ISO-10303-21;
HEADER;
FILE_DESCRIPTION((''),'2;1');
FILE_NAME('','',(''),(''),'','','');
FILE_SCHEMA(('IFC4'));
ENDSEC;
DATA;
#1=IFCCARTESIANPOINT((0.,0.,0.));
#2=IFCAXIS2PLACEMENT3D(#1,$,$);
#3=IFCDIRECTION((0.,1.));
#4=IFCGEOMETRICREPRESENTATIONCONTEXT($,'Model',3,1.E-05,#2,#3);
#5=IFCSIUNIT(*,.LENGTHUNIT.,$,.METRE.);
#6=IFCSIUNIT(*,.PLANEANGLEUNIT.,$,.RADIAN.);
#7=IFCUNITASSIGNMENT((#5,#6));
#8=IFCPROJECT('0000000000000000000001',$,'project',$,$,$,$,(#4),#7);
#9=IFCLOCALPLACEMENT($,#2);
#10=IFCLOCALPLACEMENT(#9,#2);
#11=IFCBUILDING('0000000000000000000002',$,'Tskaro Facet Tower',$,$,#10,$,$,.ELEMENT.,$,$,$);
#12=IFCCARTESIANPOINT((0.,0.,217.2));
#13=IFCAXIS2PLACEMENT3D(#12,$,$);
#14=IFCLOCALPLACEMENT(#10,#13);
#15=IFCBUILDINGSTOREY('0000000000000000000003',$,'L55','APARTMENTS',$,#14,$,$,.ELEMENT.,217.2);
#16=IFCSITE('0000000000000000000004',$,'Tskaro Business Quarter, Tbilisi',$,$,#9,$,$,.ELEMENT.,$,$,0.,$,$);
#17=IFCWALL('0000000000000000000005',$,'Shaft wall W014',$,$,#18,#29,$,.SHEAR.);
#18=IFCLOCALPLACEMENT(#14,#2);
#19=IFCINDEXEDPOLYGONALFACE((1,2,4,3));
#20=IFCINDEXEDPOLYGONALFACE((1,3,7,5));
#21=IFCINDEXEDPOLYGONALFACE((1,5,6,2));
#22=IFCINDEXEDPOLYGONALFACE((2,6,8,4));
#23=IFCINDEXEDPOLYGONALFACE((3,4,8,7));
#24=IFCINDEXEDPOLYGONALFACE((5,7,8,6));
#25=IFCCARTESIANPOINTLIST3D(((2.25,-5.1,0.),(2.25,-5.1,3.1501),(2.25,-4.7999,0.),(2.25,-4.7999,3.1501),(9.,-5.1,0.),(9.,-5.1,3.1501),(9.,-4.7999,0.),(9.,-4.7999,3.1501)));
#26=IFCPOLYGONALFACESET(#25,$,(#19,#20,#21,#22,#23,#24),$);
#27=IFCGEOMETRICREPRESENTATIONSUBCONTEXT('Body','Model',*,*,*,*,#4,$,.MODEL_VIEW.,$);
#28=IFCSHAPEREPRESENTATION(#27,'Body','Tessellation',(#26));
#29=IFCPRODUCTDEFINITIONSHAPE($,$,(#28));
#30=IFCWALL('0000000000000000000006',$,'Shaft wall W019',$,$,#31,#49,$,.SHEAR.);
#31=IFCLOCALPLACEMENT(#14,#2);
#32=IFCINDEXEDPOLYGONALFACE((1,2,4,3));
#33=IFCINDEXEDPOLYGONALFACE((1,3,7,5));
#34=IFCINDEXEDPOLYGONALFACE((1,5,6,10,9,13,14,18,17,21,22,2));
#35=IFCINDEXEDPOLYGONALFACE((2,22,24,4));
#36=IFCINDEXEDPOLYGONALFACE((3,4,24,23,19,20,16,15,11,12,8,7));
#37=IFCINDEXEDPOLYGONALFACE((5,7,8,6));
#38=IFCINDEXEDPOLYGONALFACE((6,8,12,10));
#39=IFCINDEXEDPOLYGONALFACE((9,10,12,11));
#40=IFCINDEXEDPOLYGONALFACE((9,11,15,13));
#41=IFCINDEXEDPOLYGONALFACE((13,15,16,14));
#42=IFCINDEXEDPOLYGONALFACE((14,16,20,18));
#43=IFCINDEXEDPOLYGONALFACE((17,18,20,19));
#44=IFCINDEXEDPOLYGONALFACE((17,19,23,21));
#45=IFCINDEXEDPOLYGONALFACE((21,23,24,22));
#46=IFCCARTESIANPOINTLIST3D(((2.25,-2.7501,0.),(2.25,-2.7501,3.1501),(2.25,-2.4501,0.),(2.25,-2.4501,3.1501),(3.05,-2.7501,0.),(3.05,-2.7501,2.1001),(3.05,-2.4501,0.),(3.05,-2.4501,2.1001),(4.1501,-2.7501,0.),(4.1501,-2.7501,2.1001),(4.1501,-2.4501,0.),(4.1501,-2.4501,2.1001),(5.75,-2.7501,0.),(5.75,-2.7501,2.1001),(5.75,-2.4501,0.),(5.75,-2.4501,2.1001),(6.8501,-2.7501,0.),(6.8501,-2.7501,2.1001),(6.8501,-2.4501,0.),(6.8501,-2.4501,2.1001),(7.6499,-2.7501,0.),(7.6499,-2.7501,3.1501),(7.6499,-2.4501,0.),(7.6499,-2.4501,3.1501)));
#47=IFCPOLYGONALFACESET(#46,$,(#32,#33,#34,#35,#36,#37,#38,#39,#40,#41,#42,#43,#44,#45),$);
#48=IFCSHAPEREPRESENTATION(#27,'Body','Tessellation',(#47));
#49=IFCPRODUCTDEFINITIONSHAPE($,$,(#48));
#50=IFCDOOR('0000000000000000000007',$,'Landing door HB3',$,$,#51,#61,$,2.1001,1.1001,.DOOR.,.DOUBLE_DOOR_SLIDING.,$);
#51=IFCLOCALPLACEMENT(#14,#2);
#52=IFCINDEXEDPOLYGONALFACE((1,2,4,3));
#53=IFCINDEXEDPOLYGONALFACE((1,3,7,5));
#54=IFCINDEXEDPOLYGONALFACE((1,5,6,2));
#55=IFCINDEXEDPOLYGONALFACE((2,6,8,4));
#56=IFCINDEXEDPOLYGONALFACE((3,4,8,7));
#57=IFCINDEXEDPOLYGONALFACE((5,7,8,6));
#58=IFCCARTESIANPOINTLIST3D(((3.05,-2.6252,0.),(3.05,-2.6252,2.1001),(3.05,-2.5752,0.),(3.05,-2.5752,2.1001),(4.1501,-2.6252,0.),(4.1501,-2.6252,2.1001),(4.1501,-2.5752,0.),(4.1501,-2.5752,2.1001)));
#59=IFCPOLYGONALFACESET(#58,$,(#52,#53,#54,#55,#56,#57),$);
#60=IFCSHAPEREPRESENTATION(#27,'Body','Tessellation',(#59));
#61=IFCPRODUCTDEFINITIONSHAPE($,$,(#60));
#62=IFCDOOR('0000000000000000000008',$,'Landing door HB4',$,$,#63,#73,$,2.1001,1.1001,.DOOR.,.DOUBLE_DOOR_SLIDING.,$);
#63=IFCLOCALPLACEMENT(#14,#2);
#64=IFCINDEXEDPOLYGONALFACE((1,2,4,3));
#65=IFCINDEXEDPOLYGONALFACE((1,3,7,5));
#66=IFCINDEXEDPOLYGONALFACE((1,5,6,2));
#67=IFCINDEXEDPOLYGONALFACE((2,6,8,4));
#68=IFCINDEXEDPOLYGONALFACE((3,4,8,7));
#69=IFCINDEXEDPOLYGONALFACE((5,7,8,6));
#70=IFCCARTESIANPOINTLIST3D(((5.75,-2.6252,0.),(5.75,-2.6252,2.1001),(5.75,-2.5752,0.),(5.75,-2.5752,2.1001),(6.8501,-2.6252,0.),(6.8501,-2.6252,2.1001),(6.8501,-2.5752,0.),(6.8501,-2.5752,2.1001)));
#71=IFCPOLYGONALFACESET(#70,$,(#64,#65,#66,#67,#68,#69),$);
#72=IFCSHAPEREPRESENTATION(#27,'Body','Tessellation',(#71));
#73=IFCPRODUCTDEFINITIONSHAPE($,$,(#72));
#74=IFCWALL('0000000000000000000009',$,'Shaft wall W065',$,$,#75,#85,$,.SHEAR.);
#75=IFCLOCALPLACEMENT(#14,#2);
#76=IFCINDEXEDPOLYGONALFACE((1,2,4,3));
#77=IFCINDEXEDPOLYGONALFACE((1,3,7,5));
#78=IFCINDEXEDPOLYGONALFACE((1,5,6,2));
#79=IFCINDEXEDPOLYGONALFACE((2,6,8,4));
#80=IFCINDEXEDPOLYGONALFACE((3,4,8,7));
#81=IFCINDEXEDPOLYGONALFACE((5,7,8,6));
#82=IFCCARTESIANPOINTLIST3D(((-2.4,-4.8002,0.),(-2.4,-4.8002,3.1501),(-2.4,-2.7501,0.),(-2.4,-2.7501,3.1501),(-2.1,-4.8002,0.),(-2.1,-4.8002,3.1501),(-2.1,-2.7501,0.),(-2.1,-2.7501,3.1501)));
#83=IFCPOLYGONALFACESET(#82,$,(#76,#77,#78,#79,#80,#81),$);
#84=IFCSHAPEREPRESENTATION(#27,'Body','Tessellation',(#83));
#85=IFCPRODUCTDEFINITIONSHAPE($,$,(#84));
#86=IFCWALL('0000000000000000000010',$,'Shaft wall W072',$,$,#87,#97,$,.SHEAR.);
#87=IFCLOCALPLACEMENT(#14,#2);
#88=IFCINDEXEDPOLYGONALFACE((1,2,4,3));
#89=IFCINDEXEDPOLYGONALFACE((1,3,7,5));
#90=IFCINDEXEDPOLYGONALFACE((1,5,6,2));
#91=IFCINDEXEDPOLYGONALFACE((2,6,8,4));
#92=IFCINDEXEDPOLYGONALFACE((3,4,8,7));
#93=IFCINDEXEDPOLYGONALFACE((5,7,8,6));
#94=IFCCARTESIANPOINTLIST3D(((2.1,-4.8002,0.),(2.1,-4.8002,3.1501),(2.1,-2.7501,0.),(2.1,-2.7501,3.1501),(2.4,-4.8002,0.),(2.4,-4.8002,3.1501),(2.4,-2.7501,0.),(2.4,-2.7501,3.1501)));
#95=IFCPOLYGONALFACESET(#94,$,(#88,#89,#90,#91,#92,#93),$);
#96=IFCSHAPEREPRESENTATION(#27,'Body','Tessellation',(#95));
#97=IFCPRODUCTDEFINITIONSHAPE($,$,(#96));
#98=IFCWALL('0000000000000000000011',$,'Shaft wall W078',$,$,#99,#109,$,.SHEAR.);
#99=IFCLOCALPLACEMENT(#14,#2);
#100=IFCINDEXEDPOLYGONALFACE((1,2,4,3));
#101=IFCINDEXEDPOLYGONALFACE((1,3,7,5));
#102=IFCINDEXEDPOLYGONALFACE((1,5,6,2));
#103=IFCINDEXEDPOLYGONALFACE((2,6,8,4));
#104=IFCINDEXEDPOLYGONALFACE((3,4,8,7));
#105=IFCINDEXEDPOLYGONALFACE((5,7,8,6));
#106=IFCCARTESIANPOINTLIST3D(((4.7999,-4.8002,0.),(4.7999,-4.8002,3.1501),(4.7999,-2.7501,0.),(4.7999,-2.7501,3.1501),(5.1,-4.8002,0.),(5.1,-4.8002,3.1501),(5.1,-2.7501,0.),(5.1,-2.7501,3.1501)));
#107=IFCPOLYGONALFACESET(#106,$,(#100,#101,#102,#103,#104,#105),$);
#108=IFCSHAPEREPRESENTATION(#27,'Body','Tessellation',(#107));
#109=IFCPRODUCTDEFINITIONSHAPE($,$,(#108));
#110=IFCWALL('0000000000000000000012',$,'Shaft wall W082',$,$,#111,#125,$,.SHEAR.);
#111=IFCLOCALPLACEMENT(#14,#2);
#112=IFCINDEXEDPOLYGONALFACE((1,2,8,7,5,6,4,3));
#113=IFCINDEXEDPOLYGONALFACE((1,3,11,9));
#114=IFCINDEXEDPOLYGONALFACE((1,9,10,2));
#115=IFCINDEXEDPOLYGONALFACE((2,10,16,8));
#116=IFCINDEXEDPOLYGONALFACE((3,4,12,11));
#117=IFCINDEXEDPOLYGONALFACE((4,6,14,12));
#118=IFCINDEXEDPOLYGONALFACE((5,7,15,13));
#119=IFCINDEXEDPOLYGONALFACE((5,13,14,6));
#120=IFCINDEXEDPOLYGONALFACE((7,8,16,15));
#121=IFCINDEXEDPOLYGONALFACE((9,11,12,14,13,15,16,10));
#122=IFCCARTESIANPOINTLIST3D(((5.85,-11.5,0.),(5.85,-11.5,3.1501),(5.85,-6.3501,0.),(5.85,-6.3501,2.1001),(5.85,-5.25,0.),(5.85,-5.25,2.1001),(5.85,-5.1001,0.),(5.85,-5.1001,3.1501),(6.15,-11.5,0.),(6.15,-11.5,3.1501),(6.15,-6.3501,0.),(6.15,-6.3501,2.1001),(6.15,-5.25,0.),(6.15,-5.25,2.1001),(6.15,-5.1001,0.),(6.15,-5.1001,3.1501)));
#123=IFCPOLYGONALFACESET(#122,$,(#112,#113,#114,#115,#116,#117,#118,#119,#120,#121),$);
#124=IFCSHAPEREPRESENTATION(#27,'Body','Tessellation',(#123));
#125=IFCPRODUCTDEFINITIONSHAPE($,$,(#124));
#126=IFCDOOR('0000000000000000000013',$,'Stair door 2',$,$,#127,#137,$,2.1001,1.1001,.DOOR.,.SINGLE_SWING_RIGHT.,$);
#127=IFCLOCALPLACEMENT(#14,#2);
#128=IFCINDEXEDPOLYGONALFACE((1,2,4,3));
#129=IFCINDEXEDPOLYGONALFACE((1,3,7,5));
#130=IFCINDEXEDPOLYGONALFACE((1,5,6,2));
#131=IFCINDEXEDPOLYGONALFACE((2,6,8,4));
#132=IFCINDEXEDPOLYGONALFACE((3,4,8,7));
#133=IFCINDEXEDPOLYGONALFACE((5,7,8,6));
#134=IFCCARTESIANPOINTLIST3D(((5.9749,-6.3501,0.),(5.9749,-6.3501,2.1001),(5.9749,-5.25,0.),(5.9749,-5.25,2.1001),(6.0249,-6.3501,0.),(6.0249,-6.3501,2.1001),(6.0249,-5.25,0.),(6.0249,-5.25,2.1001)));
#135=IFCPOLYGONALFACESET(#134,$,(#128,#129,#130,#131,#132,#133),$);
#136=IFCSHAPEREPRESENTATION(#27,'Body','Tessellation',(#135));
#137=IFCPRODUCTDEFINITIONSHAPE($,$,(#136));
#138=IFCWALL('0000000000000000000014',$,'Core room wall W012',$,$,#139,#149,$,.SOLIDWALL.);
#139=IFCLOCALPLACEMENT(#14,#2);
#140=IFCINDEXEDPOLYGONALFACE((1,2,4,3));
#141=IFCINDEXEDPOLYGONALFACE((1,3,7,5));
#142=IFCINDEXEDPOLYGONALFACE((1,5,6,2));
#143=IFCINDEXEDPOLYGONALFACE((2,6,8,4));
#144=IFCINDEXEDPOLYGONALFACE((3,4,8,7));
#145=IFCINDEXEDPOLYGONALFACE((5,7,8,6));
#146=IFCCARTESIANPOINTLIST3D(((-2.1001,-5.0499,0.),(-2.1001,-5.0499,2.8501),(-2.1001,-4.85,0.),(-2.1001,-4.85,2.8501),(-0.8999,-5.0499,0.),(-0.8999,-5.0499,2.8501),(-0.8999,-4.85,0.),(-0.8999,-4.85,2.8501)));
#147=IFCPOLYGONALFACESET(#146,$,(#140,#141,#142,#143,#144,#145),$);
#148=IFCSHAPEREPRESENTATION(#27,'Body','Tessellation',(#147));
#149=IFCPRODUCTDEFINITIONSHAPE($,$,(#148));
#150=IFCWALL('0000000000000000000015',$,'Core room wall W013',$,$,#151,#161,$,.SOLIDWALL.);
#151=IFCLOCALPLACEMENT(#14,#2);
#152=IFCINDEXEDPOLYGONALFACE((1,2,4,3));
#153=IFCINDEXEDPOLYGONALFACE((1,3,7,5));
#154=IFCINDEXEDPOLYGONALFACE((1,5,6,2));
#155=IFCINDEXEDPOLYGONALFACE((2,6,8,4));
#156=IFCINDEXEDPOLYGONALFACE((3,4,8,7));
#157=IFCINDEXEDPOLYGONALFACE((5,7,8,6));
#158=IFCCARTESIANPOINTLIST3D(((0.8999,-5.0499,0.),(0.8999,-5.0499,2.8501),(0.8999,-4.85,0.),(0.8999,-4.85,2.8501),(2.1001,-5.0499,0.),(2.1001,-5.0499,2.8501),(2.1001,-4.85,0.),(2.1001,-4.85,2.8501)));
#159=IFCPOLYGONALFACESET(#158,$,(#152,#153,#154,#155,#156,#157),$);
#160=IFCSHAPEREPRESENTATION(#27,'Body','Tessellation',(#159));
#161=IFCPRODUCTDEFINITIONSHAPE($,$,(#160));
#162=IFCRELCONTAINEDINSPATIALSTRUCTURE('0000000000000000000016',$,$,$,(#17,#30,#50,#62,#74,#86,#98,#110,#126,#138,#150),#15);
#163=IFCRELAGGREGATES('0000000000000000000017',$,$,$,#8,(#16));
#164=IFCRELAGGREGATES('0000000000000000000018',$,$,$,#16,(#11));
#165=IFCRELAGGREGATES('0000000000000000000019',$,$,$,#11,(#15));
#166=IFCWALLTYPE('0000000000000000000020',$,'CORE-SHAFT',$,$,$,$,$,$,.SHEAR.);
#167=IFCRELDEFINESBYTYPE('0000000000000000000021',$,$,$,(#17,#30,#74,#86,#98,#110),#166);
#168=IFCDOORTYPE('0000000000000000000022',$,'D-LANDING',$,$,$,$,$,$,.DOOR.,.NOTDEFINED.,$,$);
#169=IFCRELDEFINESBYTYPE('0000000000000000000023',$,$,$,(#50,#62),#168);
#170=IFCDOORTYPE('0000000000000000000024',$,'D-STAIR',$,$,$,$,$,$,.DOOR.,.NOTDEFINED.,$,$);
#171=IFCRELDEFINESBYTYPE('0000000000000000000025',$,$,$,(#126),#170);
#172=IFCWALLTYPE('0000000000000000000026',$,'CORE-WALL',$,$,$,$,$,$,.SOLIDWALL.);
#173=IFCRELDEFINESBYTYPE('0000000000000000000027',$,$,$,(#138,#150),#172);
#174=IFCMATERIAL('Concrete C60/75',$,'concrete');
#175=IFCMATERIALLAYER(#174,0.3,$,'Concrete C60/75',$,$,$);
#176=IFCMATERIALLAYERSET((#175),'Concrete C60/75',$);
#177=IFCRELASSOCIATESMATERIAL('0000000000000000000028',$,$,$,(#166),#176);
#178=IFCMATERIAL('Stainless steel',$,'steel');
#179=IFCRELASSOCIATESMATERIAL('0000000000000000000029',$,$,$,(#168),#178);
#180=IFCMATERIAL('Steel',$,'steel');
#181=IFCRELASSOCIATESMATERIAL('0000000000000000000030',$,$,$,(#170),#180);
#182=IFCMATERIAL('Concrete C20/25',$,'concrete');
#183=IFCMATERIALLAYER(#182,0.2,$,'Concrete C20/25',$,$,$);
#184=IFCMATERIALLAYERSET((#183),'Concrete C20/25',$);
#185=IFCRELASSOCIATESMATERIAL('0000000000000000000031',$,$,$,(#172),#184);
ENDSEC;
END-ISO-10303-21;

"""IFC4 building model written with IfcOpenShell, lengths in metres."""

from ifc_helpers import new_model, si_unit, direction, frame, frame_2d, origin, place, context, subcontext, project, spatial, rectangle, extrude, material, layer, layer_set, type_object, element, fill, save


model = new_model("IFC4")

# Units and contexts
model_context = context("Model", 3, precision=1e-05, world=origin(), true_north=direction((0.0, 1.0)))
body_context = subcontext(model_context, "Body", "Model", "MODEL_VIEW")
ifc_project = project(units=[si_unit("LENGTHUNIT", "METRE"), si_unit("PLANEANGLEUNIT", "RADIAN")], contexts=[model_context])

# Site, building, storey
site_placement = place(None, origin())
site = spatial("IfcSite", under=ifc_project, at=site_placement, Name="Tskaro Business Quarter, Tbilisi", CompositionType="ELEMENT", RefElevation=0.0)
building_placement = place(site_placement, origin())
building = spatial("IfcBuilding", under=site, at=building_placement, Name="Tskaro Facet Tower", CompositionType="ELEMENT")
storey_placement = place(building_placement, frame((0.0, 0.0, 217.2)))
storey = spatial("IfcBuildingStorey", under=building, at=storey_placement, Name="L55", Description="APARTMENTS", CompositionType="ELEMENT", Elevation=217.2)

# Wall
ifc_material_1 = material(Name="Concrete C60/75", Category="concrete")
ifc_layer_1 = layer(ifc_material_1, 0.3, Name="Concrete C60/75")
ifc_layer_set_1 = layer_set([ifc_layer_1], Name="Concrete C60/75")
wall_type_1 = type_object("IfcWallType", Name="CORE-SHAFT", PredefinedType="SHEAR", material=ifc_layer_set_1)
wall_1_placement = place(storey_placement, frame((2.25, -4.95, 0.0), z_axis=(0.0, 0.0, 1.0), x_axis=(1.0, 0.0, 0.0)))
element("IfcWall", 1, at=wall_1_placement, inside=storey, type_object=wall_type_1, Name="Shaft wall W014", PredefinedType="SHEAR", context=body_context, shape_type="SweptSolid", body=[
    extrude(rectangle(XDim=6.75, YDim=0.3, at=frame_2d((3.375, 0.0))), origin(), (0.0, 0.0, 1.0), 3.1501),
])

# Wall, openings, doors
wall_2_placement = place(storey_placement, frame((2.25, -2.6001, 0.0), z_axis=(0.0, 0.0, 1.0), x_axis=(1.0, 0.0, 0.0)))
wall_2 = element("IfcWall", 2, at=wall_2_placement, inside=storey, type_object=wall_type_1, Name="Shaft wall W019", PredefinedType="SHEAR", context=body_context, shape_type="SweptSolid", body=[
    extrude(rectangle(XDim=5.3999, YDim=0.3, at=frame_2d((2.7, 0.0))), origin(), (0.0, 0.0, 1.0), 3.1501),
])
opening_1_placement = place(wall_2_placement, frame((0.8, 0.0, 0.0)))
opening_1 = element("IfcOpeningElement", 3, at=opening_1_placement, cuts=wall_2, PredefinedType="OPENING", context=body_context, shape_type="SweptSolid", body=[
    extrude(rectangle(XDim=1.1001, YDim=2.1001, at=frame_2d((0.55, 1.05))), frame((0.0, 0.1599, 0.0), z_axis=(0.0, -1.0, 0.0), x_axis=(1.0, 0.0, 0.0)), (0.0, 0.0, 1.0), 0.3201),
])
opening_2_placement = place(wall_2_placement, frame((3.5, 0.0, 0.0)))
opening_2 = element("IfcOpeningElement", 4, at=opening_2_placement, cuts=wall_2, PredefinedType="OPENING", context=body_context, shape_type="SweptSolid", body=[
    extrude(rectangle(XDim=1.1001, YDim=2.1001, at=frame_2d((0.55, 1.05))), frame((0.0, 0.1599, 0.0), z_axis=(0.0, -1.0, 0.0), x_axis=(1.0, 0.0, 0.0)), (0.0, 0.0, 1.0), 0.3201),
])
ifc_material_2 = material(Name="Stainless steel", Category="steel")
door_type_1 = type_object("IfcDoorType", Name="D-LANDING", OperationType="NOTDEFINED", PredefinedType="DOOR", material=ifc_material_2)
door_1_placement = place(opening_1_placement, origin())
door_1 = element("IfcDoor", 5, at=door_1_placement, inside=storey, type_object=door_type_1, Name="Landing door HB3", OperationType="DOUBLE_DOOR_SLIDING", OverallHeight=2.1001, OverallWidth=1.1001, PredefinedType="DOOR", context=body_context, shape_type="SweptSolid", body=[
    extrude(rectangle(XDim=1.1001, YDim=2.1001, at=frame_2d((0.55, 1.05))), frame((0.0, 0.0249, 0.0), z_axis=(0.0, -1.0, 0.0), x_axis=(1.0, 0.0, 0.0)), (0.0, 0.0, 1.0), 0.05),
])
fill(opening_1, door_1)
door_2_placement = place(opening_2_placement, origin())
door_2 = element("IfcDoor", 6, at=door_2_placement, inside=storey, type_object=door_type_1, Name="Landing door HB4", OperationType="DOUBLE_DOOR_SLIDING", OverallHeight=2.1001, OverallWidth=1.1001, PredefinedType="DOOR", context=body_context, shape_type="SweptSolid", body=[
    extrude(rectangle(XDim=1.1001, YDim=2.1001, at=frame_2d((0.55, 1.05))), frame((0.0, 0.0249, 0.0), z_axis=(0.0, -1.0, 0.0), x_axis=(1.0, 0.0, 0.0)), (0.0, 0.0, 1.0), 0.05),
])
fill(opening_2, door_2)

# Walls
for number, where, z_axis, x_axis, name in (
    (7, (-2.25, -4.8, 0.0), (0.0, 0.0, 1.0), (0.0, 1.0, 0.0), "Shaft wall W065"),
    (8, (2.25, -4.8, 0.0), (0.0, 0.0, 1.0), (0.0, 1.0, 0.0), "Shaft wall W072"),
    (9, (4.95, -4.8, 0.0), (0.0, 0.0, 1.0), (0.0, 1.0, 0.0), "Shaft wall W078"),
):
    element("IfcWall", number, at=place(storey_placement, frame(where, z_axis=z_axis, x_axis=x_axis)), inside=storey, type_object=wall_type_1, Name=name, PredefinedType="SHEAR", context=body_context, shape_type="SweptSolid", body=[
        extrude(rectangle(XDim=2.05, YDim=0.3, at=frame_2d((1.0249, 0.0))), origin(), (0.0, 0.0, 1.0), 3.1501),
    ])

# Wall, opening, door
wall_3_placement = place(storey_placement, frame((6.0, -5.1001, 0.0), z_axis=(0.0, 0.0, 1.0), x_axis=(0.0, -1.0, 0.0)))
wall_3 = element("IfcWall", 10, at=wall_3_placement, inside=storey, type_object=wall_type_1, Name="Shaft wall W082", PredefinedType="SHEAR", context=body_context, shape_type="SweptSolid", body=[
    extrude(rectangle(XDim=6.3999, YDim=0.3, at=frame_2d((3.2, 0.0))), origin(), (0.0, 0.0, 1.0), 3.1501),
])
opening_3_placement = place(wall_3_placement, frame((0.1499, 0.0, 0.0)))
opening_3 = element("IfcOpeningElement", 11, at=opening_3_placement, cuts=wall_3, PredefinedType="OPENING", context=body_context, shape_type="SweptSolid", body=[
    extrude(rectangle(XDim=1.1001, YDim=2.1001, at=frame_2d((0.55, 1.05))), frame((0.0, 0.1599, 0.0), z_axis=(0.0, -1.0, 0.0), x_axis=(1.0, 0.0, 0.0)), (0.0, 0.0, 1.0), 0.3201),
])
ifc_material_3 = material(Name="Steel", Category="steel")
door_type_2 = type_object("IfcDoorType", Name="D-STAIR", OperationType="NOTDEFINED", PredefinedType="DOOR", material=ifc_material_3)
door_3_placement = place(opening_3_placement, origin())
door_3 = element("IfcDoor", 12, at=door_3_placement, inside=storey, type_object=door_type_2, Name="Stair door 2", OperationType="SINGLE_SWING_RIGHT", OverallHeight=2.1001, OverallWidth=1.1001, PredefinedType="DOOR", context=body_context, shape_type="SweptSolid", body=[
    extrude(rectangle(XDim=1.1001, YDim=2.1001, at=frame_2d((0.55, 1.05))), frame((0.0, 0.0249, 0.0), z_axis=(0.0, -1.0, 0.0), x_axis=(1.0, 0.0, 0.0)), (0.0, 0.0, 1.0), 0.05),
])
fill(opening_3, door_3)

# Walls
ifc_material_4 = material(Name="Concrete C20/25", Category="concrete")
ifc_layer_2 = layer(ifc_material_4, 0.2, Name="Concrete C20/25")
ifc_layer_set_2 = layer_set([ifc_layer_2], Name="Concrete C20/25")
wall_type_2 = type_object("IfcWallType", Name="CORE-WALL", PredefinedType="SOLIDWALL", material=ifc_layer_set_2)
for number, where, z_axis, x_axis, name in (
    (13, (-2.1001, -4.95, 0.0), (0.0, 0.0, 1.0), (1.0, 0.0, 0.0), "Core room wall W012"),
    (14, (0.8999, -4.95, 0.0), (0.0, 0.0, 1.0), (1.0, 0.0, 0.0), "Core room wall W013"),
):
    element("IfcWall", number, at=place(storey_placement, frame(where, z_axis=z_axis, x_axis=x_axis)), inside=storey, type_object=wall_type_2, Name=name, PredefinedType="SOLIDWALL", context=body_context, shape_type="SweptSolid", body=[
        extrude(rectangle(XDim=1.2002, YDim=0.2, at=frame_2d((0.6001, 0.0))), origin(), (0.0, 0.0, 1.0), 2.8501),
    ])

save(model, "model.ifc")
